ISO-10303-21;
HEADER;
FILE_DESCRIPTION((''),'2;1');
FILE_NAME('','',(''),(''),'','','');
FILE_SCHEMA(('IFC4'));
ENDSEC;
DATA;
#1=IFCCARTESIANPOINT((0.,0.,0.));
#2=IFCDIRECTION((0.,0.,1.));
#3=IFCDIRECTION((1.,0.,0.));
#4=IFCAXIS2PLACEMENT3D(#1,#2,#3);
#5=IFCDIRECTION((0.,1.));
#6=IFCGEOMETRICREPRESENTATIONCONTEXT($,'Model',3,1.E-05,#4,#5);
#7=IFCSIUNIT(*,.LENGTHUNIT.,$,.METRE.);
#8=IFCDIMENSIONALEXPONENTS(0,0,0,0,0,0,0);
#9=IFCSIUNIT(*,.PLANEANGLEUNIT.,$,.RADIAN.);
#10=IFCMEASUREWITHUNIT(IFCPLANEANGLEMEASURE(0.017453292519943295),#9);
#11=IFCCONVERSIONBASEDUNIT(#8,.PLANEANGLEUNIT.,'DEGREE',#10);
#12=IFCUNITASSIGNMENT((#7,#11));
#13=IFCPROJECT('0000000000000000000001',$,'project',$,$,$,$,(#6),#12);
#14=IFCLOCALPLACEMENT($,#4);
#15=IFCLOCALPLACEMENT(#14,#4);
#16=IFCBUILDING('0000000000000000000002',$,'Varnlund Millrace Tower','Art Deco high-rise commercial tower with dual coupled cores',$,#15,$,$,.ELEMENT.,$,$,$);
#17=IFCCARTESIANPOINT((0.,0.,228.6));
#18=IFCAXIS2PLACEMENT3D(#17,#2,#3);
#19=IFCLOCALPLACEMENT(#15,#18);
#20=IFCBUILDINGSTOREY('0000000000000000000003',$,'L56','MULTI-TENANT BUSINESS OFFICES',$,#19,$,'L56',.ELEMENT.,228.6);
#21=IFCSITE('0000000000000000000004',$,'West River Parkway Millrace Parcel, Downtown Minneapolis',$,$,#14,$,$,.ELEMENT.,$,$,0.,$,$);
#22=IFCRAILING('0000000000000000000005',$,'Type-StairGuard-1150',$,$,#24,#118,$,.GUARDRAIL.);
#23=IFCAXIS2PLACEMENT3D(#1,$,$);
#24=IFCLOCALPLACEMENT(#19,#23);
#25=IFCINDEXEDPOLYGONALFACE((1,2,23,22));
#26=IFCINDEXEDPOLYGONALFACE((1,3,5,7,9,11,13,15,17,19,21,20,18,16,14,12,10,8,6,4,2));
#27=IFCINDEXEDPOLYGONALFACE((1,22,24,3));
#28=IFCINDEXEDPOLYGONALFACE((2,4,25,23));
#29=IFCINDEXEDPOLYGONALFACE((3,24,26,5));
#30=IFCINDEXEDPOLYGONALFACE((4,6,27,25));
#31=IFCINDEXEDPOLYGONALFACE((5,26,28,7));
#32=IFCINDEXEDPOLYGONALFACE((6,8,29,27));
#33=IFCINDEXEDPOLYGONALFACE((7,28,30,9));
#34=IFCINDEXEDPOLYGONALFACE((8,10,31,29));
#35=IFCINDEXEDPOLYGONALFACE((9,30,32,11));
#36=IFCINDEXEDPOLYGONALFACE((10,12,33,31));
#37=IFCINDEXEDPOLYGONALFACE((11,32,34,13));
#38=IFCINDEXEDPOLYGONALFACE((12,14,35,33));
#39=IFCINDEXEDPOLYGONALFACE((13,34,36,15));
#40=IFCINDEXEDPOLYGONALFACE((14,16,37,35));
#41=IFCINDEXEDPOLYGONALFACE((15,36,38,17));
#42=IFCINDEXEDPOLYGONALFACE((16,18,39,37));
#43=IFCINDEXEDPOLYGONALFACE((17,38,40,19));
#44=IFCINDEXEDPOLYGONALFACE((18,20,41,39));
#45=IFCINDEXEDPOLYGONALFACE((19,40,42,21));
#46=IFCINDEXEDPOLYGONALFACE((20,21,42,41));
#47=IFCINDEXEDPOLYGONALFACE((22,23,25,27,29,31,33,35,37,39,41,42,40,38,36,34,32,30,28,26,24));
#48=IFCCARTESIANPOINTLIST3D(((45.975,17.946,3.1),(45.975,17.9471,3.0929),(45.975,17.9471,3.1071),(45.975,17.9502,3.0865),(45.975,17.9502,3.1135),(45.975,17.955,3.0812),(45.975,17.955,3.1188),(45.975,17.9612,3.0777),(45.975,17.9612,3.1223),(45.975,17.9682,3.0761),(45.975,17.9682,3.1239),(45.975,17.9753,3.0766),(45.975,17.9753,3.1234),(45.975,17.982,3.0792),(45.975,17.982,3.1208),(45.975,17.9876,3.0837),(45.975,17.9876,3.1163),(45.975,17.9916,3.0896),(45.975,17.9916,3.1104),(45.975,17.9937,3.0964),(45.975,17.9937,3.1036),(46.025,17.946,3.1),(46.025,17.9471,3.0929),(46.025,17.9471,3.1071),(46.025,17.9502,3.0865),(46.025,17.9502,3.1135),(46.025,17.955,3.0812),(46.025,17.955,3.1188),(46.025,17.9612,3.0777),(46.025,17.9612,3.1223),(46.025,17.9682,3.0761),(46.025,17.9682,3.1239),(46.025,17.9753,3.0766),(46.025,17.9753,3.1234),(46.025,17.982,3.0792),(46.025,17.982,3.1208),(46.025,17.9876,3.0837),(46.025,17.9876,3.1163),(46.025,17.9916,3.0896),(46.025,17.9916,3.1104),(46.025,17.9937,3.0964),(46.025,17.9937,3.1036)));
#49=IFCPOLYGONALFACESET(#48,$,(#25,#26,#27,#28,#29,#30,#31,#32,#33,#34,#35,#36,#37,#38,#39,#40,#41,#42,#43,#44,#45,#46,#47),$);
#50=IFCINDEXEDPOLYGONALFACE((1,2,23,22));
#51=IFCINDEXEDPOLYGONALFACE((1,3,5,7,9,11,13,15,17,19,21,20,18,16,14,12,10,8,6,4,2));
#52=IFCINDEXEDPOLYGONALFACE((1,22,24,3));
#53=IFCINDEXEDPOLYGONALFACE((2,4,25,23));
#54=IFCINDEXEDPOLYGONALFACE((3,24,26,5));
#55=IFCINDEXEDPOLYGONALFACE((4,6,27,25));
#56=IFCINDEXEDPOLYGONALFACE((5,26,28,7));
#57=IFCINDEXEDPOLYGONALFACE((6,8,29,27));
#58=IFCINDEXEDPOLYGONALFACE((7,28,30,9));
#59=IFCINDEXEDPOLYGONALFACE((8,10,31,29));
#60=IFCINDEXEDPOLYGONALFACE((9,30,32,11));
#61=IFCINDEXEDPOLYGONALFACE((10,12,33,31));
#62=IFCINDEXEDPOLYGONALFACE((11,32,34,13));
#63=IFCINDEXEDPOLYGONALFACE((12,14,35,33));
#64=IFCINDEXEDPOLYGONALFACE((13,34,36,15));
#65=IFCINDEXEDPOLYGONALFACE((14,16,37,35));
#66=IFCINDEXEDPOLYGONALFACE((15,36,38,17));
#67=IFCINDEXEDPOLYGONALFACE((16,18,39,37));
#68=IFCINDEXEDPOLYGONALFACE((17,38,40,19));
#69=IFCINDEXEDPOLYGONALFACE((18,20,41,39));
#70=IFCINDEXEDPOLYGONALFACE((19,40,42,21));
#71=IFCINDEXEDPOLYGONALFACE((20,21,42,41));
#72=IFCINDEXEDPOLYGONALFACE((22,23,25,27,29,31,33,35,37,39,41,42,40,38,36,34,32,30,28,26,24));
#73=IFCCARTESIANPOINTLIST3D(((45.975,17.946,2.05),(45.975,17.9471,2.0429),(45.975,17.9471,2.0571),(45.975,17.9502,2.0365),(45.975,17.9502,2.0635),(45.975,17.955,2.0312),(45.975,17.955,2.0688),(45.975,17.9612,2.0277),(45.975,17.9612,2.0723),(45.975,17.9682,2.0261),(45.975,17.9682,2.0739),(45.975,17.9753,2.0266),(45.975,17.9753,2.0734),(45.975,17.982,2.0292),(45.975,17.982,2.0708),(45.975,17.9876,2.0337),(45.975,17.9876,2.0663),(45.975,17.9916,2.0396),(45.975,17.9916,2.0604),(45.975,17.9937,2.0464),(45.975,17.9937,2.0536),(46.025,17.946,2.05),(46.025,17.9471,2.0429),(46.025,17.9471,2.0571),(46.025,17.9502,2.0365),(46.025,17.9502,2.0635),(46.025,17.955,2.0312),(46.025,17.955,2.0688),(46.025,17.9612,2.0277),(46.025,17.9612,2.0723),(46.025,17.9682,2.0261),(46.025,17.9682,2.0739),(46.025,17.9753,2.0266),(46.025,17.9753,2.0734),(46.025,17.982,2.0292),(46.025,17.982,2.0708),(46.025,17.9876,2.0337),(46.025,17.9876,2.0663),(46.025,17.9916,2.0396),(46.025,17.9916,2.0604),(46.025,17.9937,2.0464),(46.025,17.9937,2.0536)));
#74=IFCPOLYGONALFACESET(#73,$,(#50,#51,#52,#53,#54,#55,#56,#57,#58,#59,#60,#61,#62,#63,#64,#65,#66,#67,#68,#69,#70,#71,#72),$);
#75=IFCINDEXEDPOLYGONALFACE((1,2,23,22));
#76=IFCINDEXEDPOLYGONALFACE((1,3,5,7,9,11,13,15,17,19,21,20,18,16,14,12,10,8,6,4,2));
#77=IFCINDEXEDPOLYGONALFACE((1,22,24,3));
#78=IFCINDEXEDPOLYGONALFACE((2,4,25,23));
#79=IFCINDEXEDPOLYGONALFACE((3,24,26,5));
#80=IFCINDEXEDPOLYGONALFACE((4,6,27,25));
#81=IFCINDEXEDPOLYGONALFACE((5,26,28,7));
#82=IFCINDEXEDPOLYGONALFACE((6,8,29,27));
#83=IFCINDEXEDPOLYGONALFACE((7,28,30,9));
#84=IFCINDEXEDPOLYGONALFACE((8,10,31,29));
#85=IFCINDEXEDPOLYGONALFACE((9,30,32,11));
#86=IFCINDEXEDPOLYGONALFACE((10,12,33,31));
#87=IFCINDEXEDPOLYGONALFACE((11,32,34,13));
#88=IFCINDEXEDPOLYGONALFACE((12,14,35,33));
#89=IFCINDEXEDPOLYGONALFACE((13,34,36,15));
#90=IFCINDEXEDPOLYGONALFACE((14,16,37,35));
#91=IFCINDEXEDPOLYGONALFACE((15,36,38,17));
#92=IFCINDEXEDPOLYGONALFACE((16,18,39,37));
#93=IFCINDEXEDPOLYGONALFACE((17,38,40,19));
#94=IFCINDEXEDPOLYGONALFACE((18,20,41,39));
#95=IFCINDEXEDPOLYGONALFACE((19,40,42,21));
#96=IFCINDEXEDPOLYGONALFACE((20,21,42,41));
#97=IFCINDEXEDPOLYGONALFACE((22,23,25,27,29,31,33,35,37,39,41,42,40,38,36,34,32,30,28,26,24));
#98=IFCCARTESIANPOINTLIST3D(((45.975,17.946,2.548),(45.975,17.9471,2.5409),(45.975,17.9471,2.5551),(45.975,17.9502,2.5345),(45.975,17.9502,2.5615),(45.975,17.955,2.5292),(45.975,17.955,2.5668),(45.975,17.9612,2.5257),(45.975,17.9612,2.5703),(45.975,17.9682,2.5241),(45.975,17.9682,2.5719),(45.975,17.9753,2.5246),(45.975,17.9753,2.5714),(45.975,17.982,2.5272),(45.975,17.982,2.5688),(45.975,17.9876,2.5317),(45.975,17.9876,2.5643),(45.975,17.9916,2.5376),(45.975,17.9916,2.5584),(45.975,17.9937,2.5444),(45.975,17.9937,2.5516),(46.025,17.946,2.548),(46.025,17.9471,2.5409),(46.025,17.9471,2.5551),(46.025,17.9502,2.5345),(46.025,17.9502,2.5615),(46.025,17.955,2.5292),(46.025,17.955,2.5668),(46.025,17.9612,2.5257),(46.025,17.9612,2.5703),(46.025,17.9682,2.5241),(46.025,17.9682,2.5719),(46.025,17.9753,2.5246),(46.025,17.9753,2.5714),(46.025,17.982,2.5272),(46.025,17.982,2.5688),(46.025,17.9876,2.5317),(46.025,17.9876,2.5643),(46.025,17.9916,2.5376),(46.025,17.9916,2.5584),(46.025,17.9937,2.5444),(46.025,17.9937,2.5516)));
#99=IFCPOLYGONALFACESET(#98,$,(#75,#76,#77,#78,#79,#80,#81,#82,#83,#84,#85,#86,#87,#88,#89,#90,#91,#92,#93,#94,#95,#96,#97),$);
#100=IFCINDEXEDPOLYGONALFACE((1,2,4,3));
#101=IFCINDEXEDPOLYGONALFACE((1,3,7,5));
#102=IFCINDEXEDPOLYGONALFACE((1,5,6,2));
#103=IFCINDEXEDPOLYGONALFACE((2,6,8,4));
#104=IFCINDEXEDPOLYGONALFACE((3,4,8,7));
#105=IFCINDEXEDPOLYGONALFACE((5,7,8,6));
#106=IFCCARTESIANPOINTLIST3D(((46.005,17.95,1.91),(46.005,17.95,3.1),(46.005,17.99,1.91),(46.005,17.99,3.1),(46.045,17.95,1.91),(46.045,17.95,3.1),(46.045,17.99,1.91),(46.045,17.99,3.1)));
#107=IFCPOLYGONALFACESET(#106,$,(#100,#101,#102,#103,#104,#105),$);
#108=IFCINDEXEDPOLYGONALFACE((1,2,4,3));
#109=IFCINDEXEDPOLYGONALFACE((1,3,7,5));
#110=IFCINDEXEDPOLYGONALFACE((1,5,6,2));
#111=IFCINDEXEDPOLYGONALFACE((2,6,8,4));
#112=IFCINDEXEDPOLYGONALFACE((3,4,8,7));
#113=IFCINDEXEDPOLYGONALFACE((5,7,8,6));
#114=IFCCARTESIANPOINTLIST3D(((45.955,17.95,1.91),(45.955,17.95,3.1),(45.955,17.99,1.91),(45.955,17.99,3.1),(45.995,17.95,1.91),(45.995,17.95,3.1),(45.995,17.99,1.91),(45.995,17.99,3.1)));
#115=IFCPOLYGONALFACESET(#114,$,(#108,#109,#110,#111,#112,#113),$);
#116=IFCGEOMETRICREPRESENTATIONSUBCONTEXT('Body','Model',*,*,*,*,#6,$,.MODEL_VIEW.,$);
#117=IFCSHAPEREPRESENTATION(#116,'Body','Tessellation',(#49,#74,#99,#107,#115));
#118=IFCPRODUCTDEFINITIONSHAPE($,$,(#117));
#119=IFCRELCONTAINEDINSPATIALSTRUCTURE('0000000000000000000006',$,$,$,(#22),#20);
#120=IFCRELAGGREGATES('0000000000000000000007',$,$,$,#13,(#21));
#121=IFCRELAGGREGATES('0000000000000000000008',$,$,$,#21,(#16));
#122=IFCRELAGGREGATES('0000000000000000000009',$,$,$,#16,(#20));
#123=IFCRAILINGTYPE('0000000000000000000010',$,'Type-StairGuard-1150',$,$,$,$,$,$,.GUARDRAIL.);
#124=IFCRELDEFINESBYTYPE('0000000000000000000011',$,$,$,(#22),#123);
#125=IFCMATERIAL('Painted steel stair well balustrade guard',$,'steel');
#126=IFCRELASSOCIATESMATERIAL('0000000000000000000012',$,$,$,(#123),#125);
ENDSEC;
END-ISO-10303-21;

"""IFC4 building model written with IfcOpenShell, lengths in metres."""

from ifc_helpers import new_model, entity, si_unit, converted_unit, direction, frame, origin_with_axes, origin_2d_with_axis, place, context, subcontext, project, spatial, rectangle, circle, extrude, material, type_object, element, save


model = new_model("IFC4")

# Units and contexts
model_context = context("Model", 3, precision=1e-05, world=origin_with_axes(), true_north=direction((0.0, 1.0)))
body_context = subcontext(model_context, "Body", "Model", "MODEL_VIEW")
ifc_project = project(units=[si_unit("LENGTHUNIT", "METRE"), converted_unit("PLANEANGLEUNIT", "DEGREE", entity("IfcPlaneAngleMeasure", 0.017453292519943295), si_unit("PLANEANGLEUNIT", "RADIAN"), dimensions=[0, 0, 0, 0, 0, 0, 0])], contexts=[model_context])

# Site, building, storey
site_placement = place(None, origin_with_axes())
site = spatial("IfcSite", under=ifc_project, at=site_placement, Name="West River Parkway Millrace Parcel, Downtown Minneapolis", CompositionType="ELEMENT", RefElevation=0.0)
building_placement = place(site_placement, origin_with_axes())
building = spatial("IfcBuilding", under=site, at=building_placement, Name="Varnlund Millrace Tower", Description="Art Deco high-rise commercial tower with dual coupled cores", CompositionType="ELEMENT")
storey_placement = place(building_placement, frame((0.0, 0.0, 228.6), z_axis=(0.0, 0.0, 1.0), x_axis=(1.0, 0.0, 0.0)))
storey = spatial("IfcBuildingStorey", under=building, at=storey_placement, Name="L56", Description="MULTI-TENANT BUSINESS OFFICES", LongName="L56", CompositionType="ELEMENT", Elevation=228.6)

# Railing
ifc_material_1 = material(Name="Painted steel stair well balustrade guard", Category="steel")
railing_type_1 = type_object("IfcRailingType", Name="Type-StairGuard-1150", PredefinedType="GUARDRAIL", material=ifc_material_1)
railing_1_placement = place(storey_placement, frame((0.0, 0.0, -228.6), z_axis=(0.0, 0.0, 1.0), x_axis=(1.0, 0.0, 0.0)))
element("IfcRailing", 1, at=railing_1_placement, inside=storey, type_object=railing_type_1, Name="Type-StairGuard-1150", PredefinedType="GUARDRAIL", context=body_context, shape_type="SweptSolid", body=[
    extrude(circle(Radius=0.024, at=origin_2d_with_axis()), frame((46.025, 17.97, 231.7), z_axis=(-1.0, 0.0, 0.0), x_axis=(0.0, -1.0, 0.0)), (0.0, 0.0, 1.0), 0.05),
    extrude(circle(Radius=0.024, at=origin_2d_with_axis()), frame((46.025, 17.97, 230.65), z_axis=(-1.0, 0.0, 0.0), x_axis=(0.0, -1.0, 0.0)), (0.0, 0.0, 1.0), 0.05),
    extrude(circle(Radius=0.024, at=origin_2d_with_axis()), frame((46.025, 17.97, 231.148), z_axis=(-1.0, 0.0, 0.0), x_axis=(0.0, -1.0, 0.0)), (0.0, 0.0, 1.0), 0.05),
    extrude(rectangle(XDim=0.04, YDim=0.04, at=origin_2d_with_axis()), frame((46.025, 17.97, 230.51), z_axis=(0.0, 0.0, 1.0), x_axis=(1.0, 0.0, 0.0)), (0.0, 0.0, 1.0), 1.19),
    extrude(rectangle(XDim=0.04, YDim=0.04, at=origin_2d_with_axis()), frame((45.975, 17.97, 230.51), z_axis=(0.0, 0.0, 1.0), x_axis=(1.0, 0.0, 0.0)), (0.0, 0.0, 1.0), 1.19),
])

save(model, "model.ifc")
